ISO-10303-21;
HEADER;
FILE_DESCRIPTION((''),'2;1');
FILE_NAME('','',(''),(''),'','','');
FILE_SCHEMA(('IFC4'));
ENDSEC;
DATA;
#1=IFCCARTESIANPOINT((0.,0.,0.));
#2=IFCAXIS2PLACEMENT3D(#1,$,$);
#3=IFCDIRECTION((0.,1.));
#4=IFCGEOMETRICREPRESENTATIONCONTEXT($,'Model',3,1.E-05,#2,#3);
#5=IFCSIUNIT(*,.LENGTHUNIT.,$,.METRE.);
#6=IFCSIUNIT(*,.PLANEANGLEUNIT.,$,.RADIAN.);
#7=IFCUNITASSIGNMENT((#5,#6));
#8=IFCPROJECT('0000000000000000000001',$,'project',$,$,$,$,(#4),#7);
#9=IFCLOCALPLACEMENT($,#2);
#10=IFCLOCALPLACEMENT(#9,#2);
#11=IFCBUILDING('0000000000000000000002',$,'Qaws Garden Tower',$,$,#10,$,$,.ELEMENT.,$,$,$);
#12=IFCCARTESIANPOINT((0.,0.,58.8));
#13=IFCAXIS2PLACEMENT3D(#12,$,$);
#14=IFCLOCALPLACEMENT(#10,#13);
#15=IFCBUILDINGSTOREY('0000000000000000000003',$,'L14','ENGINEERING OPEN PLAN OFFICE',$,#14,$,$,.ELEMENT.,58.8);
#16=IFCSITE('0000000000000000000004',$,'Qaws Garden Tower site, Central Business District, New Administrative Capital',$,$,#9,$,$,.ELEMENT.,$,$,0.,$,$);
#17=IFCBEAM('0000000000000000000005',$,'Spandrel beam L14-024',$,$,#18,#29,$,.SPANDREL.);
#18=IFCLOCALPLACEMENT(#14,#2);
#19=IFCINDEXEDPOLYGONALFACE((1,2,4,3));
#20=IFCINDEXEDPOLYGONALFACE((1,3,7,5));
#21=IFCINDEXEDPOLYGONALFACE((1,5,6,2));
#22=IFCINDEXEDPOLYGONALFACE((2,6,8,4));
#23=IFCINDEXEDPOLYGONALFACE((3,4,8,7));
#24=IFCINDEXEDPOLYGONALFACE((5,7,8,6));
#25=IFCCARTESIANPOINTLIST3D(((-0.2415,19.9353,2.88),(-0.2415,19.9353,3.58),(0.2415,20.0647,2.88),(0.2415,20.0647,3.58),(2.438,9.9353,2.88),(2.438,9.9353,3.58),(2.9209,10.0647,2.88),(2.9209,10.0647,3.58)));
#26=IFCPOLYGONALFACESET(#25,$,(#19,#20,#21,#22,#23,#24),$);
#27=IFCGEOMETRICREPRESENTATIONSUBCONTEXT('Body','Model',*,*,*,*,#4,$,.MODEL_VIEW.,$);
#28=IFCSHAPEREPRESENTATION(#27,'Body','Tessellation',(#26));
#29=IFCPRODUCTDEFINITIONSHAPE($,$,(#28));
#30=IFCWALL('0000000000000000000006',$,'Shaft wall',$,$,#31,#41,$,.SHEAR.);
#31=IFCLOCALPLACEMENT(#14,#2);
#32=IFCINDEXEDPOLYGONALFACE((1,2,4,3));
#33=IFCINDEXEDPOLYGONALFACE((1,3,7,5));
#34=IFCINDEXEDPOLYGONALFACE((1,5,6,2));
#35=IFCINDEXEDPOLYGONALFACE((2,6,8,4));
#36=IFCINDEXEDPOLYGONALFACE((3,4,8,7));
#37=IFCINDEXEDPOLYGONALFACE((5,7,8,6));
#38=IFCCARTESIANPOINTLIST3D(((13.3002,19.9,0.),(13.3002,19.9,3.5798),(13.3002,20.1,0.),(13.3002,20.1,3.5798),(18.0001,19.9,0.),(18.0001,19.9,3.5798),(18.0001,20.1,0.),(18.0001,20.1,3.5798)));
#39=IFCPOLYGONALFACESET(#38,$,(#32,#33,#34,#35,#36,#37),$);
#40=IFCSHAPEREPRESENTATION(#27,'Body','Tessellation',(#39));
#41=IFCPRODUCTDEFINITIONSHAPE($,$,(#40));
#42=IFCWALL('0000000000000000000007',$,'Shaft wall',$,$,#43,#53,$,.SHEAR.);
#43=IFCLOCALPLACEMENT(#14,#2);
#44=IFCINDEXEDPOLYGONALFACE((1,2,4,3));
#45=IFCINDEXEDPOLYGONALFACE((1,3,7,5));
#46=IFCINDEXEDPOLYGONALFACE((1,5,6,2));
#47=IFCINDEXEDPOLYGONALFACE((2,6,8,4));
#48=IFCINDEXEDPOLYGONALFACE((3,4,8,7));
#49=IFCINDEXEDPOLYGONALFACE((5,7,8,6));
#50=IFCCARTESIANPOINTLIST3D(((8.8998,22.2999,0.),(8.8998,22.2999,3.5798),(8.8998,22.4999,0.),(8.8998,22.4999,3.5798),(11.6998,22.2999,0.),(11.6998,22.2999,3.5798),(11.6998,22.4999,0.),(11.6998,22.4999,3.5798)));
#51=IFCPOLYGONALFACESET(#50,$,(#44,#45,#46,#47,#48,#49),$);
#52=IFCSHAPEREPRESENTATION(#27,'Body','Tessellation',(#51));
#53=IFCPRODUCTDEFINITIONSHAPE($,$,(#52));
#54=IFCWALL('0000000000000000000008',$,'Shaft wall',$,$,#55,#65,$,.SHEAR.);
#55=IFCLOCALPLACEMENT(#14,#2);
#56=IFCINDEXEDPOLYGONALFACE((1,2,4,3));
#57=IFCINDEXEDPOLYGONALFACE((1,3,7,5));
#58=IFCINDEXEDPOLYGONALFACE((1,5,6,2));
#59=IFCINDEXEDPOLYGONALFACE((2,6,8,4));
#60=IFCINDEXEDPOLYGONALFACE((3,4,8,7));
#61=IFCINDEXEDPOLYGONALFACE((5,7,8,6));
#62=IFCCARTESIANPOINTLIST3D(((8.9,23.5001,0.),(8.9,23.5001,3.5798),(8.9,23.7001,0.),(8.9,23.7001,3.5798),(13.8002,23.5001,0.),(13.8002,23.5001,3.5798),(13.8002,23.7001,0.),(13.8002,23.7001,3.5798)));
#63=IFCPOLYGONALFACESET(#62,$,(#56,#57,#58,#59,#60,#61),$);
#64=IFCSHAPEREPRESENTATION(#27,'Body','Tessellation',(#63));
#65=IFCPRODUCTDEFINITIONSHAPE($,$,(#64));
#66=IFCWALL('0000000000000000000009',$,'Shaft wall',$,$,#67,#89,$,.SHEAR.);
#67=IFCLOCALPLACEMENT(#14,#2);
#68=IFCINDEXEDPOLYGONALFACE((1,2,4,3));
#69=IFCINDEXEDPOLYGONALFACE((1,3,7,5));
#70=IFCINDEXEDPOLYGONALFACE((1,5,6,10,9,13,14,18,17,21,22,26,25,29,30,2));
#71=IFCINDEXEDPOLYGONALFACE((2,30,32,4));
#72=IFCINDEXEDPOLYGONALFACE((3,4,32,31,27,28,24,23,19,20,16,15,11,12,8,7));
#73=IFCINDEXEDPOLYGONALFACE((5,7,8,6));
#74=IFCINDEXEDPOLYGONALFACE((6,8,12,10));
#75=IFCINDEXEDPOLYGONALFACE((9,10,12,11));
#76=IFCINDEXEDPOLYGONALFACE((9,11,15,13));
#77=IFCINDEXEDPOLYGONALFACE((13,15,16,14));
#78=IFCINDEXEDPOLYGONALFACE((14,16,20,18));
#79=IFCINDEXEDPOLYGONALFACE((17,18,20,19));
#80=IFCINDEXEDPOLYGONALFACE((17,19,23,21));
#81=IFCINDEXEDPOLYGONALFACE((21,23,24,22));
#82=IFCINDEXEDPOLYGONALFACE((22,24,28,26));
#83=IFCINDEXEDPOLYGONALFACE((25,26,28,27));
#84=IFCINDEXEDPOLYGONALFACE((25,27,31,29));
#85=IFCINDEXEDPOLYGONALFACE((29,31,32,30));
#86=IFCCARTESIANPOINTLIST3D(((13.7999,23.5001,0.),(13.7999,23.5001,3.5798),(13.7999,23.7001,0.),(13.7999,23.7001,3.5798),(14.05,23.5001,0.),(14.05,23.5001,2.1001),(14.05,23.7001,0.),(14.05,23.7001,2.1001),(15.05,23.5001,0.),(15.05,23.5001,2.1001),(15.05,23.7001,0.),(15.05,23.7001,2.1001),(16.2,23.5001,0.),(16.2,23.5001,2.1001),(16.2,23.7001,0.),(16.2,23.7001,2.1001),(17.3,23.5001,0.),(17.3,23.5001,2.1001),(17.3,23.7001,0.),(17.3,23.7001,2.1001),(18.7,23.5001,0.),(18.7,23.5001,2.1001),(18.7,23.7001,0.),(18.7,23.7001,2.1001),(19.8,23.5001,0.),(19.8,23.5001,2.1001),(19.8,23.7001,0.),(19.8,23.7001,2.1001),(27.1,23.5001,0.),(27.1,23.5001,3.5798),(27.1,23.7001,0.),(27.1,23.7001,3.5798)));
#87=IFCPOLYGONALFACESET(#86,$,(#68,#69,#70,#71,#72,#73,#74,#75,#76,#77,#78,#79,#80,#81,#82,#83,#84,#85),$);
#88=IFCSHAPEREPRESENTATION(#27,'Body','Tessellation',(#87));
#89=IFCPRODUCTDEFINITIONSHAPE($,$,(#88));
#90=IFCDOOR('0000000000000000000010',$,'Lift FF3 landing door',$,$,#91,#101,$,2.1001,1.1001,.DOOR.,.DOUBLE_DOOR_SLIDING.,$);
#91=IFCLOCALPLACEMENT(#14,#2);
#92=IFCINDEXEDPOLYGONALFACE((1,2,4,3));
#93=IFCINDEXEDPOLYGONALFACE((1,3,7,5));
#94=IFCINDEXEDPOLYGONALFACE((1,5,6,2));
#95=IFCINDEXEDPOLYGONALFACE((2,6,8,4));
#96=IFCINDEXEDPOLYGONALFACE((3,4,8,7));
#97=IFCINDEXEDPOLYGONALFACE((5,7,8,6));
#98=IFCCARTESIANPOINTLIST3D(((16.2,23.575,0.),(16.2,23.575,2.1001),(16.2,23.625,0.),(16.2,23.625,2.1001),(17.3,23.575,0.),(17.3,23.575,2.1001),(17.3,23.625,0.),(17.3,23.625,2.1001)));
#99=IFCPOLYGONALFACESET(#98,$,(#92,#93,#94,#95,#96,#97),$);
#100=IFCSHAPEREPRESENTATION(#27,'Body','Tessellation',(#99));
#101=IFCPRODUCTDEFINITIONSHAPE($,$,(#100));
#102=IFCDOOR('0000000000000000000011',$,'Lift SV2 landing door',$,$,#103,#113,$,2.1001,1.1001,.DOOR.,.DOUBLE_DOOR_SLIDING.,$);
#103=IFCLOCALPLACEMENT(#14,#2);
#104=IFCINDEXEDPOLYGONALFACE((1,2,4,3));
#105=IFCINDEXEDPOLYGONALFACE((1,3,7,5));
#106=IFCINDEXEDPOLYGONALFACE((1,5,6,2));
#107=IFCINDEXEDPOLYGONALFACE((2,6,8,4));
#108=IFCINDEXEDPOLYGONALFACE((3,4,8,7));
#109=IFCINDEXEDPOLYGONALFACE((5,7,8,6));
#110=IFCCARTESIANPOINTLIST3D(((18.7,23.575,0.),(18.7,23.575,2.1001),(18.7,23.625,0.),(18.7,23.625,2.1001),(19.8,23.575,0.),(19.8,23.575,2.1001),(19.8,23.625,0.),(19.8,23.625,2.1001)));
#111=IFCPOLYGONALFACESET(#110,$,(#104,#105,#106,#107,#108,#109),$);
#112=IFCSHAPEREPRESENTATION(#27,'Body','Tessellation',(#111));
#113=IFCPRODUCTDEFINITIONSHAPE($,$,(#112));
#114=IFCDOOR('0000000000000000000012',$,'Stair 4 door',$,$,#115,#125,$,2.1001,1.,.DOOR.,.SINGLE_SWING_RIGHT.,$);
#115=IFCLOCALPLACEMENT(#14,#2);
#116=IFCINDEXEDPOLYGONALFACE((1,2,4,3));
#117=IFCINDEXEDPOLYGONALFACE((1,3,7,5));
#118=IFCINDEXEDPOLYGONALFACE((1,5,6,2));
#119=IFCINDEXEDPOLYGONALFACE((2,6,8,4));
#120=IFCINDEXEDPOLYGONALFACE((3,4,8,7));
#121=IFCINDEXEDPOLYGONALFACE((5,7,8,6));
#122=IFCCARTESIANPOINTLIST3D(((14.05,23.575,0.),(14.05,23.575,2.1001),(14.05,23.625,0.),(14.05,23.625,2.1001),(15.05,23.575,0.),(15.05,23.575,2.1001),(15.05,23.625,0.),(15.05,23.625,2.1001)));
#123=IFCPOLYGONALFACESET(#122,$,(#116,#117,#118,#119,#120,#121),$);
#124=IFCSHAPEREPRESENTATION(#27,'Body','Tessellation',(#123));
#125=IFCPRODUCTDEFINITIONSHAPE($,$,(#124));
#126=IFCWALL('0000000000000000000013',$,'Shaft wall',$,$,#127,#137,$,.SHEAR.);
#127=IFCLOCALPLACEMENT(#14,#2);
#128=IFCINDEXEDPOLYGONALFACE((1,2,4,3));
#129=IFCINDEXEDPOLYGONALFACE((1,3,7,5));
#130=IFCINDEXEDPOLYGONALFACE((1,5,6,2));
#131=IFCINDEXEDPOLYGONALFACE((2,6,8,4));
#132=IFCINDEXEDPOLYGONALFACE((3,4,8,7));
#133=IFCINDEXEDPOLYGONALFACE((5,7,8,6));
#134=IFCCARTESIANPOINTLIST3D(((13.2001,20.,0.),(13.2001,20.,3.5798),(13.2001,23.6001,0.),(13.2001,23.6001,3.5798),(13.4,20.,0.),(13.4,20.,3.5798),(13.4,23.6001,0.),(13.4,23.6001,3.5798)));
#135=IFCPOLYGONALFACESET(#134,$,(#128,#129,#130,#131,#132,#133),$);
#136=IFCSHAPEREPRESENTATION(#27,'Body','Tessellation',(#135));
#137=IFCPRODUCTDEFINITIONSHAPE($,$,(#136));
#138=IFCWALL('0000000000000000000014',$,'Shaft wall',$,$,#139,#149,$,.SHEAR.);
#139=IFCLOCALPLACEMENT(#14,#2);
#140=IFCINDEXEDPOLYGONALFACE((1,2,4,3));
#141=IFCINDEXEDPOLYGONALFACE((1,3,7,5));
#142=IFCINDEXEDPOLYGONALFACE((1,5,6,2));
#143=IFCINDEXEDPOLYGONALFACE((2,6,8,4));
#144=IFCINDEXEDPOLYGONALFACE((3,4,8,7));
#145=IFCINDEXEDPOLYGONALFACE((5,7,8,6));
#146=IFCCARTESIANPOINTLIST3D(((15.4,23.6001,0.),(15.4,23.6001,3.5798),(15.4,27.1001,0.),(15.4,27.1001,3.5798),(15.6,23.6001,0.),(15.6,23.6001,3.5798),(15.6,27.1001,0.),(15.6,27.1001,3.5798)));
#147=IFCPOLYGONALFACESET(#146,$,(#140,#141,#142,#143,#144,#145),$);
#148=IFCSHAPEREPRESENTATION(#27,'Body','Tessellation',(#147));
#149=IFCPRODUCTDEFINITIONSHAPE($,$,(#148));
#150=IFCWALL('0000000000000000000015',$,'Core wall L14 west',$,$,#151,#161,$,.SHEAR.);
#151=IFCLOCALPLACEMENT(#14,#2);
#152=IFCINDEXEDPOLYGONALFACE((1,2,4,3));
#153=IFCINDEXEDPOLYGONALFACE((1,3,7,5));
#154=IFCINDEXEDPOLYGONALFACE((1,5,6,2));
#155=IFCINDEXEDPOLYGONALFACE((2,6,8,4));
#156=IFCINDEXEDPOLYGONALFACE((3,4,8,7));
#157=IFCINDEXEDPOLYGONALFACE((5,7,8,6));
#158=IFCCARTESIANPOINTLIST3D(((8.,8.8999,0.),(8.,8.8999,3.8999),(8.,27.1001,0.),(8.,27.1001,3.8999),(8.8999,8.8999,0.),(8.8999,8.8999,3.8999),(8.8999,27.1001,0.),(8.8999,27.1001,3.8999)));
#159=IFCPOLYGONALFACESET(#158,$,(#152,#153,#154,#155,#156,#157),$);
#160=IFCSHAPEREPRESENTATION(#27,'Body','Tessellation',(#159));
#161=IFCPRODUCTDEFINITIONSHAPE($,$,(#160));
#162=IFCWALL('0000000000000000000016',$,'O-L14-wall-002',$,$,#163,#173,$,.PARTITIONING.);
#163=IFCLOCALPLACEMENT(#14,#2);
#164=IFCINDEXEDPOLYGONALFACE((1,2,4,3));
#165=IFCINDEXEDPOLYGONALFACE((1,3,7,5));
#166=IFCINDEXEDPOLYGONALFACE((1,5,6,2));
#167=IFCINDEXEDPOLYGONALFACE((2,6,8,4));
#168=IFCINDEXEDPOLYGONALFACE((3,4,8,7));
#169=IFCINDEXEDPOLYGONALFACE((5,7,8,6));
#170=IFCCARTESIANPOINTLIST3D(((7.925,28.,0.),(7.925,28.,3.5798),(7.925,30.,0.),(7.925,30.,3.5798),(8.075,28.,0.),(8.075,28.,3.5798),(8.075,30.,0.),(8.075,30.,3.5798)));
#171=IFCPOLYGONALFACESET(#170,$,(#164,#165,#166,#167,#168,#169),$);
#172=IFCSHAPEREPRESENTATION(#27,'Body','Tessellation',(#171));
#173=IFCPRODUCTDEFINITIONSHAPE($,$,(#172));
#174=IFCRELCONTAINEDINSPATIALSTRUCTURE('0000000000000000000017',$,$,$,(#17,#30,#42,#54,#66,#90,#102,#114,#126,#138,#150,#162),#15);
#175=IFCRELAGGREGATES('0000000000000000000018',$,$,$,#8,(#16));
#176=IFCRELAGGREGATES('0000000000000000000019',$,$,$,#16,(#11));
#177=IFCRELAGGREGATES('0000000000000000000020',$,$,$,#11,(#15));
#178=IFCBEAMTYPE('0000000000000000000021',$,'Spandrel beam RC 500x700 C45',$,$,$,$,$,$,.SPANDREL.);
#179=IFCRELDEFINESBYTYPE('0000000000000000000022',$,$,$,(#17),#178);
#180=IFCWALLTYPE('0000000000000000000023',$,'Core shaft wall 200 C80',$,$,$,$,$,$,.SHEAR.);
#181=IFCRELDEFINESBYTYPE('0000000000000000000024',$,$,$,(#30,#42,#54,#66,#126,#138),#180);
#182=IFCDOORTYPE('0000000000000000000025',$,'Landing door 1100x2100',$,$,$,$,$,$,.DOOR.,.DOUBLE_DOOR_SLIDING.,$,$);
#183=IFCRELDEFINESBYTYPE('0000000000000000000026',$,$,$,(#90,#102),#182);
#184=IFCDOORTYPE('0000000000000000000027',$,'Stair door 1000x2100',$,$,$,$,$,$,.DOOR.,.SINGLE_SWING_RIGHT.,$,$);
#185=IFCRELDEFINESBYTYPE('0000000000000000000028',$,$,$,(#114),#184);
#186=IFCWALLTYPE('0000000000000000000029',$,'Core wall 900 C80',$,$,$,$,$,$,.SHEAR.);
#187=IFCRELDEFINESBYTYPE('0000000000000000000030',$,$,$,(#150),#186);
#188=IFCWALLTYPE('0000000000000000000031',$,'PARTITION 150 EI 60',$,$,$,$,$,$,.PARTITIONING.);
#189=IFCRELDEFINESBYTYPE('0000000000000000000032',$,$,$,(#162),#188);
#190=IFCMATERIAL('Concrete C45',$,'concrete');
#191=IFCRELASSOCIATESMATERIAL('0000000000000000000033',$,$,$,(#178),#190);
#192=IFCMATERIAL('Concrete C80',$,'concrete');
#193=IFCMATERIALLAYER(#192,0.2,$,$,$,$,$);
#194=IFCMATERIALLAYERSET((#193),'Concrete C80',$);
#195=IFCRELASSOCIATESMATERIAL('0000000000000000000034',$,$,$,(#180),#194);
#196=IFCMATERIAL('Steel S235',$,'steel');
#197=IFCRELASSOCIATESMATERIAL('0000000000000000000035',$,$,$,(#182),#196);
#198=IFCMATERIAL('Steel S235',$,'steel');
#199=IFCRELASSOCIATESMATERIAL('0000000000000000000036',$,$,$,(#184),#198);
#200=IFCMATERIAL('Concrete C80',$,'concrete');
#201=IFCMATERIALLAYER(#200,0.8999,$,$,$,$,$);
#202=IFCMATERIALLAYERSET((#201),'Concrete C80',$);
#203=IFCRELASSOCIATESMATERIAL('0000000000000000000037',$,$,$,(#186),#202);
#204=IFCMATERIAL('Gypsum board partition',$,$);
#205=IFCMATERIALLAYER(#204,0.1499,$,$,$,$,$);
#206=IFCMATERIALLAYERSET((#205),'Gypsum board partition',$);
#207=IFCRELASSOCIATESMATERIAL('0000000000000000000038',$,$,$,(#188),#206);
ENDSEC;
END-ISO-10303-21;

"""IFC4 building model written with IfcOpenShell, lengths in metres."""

from ifc_helpers import new_model, si_unit, direction, frame, frame_2d, origin, origin_2d, place, context, subcontext, project, spatial, rectangle, extrude, material, layer, layer_set, material_profile, profile_set, type_object, element, fill, save


model = new_model("IFC4")

# Units and contexts
model_context = context("Model", 3, precision=1e-05, world=origin(), true_north=direction((0.0, 1.0)))
body_context = subcontext(model_context, "Body", "Model", "MODEL_VIEW")
ifc_project = project(units=[si_unit("LENGTHUNIT", "METRE"), si_unit("PLANEANGLEUNIT", "RADIAN")], contexts=[model_context])

# Site, building, storey
site_placement = place(None, origin())
site = spatial("IfcSite", under=ifc_project, at=site_placement, Name="Qaws Garden Tower site, Central Business District, New Administrative Capital", CompositionType="ELEMENT", RefElevation=0.0)
building_placement = place(site_placement, origin())
building = spatial("IfcBuilding", under=site, at=building_placement, Name="Qaws Garden Tower", CompositionType="ELEMENT")
storey_placement = place(building_placement, frame((0.0, 0.0, 58.8)))
storey = spatial("IfcBuildingStorey", under=building, at=storey_placement, Name="L14", Description="ENGINEERING OPEN PLAN OFFICE", CompositionType="ELEMENT", Elevation=58.8)

# Beam
ifc_material_1 = material(Name="Concrete C45", Category="concrete")
ifc_material_profile = material_profile(ifc_material_1, rectangle(XDim=0.5, YDim=0.7, at=origin_2d()), Name="RC 500x700")
ifc_profile_set = profile_set([ifc_material_profile], Name="Concrete C45")
beam_type = type_object("IfcBeamType", Name="Spandrel beam RC 500x700 C45", PredefinedType="SPANDREL", material=ifc_profile_set)
beam_placement = place(storey_placement, frame((0.0, 20.0, 3.23), z_axis=(0.258815, -0.965927, 0.0), x_axis=(0.965927, 0.258815, 0.0)))
element("IfcBeam", 1, at=beam_placement, inside=storey, type_object=beam_type, Name="Spandrel beam L14-024", PredefinedType="SPANDREL", context=body_context, shape_type="SweptSolid", body=[
    extrude(rectangle(XDim=0.5, YDim=0.7, at=origin_2d()), origin(), (0.0, 0.0, 1.0), 10.3528),
])

# Walls
ifc_material_2 = material(Name="Concrete C80", Category="concrete")
ifc_layer_1 = layer(ifc_material_2, 0.2)
ifc_layer_set_1 = layer_set([ifc_layer_1], Name="Concrete C80")
wall_type_1 = type_object("IfcWallType", Name="Core shaft wall 200 C80", PredefinedType="SHEAR", material=ifc_layer_set_1)
wall_1_placement = place(storey_placement, frame((13.3, 20.0, 0.0), z_axis=(0.0, 0.0, 1.0), x_axis=(1.0, 0.0, 0.0)))
element("IfcWall", 2, at=wall_1_placement, inside=storey, type_object=wall_type_1, Name="Shaft wall", PredefinedType="SHEAR", context=body_context, shape_type="SweptSolid", body=[
    extrude(rectangle(XDim=4.7, YDim=0.2, at=frame_2d((2.3501, 0.0))), origin(), (0.0, 0.0, 1.0), 3.5798),
])
wall_2_placement = place(storey_placement, frame((8.8999, 22.3999, 0.0), z_axis=(0.0, 0.0, 1.0), x_axis=(1.0, 0.0, 0.0)))
element("IfcWall", 3, at=wall_2_placement, inside=storey, type_object=wall_type_1, Name="Shaft wall", PredefinedType="SHEAR", context=body_context, shape_type="SweptSolid", body=[
    extrude(rectangle(XDim=2.8, YDim=0.2, at=frame_2d((1.3999, 0.0))), origin(), (0.0, 0.0, 1.0), 3.5798),
])
wall_3_placement = place(storey_placement, frame((8.8999, 23.6001, 0.0), z_axis=(0.0, 0.0, 1.0), x_axis=(1.0, 0.0, 0.0)))
element("IfcWall", 4, at=wall_3_placement, inside=storey, type_object=wall_type_1, Name="Shaft wall", PredefinedType="SHEAR", context=body_context, shape_type="SweptSolid", body=[
    extrude(rectangle(XDim=4.9001, YDim=0.2, at=frame_2d((2.4502, 0.0))), origin(), (0.0, 0.0, 1.0), 3.5798),
])

# Wall, openings, doors
wall_4_placement = place(storey_placement, frame((13.8, 23.6001, 0.0), z_axis=(0.0, 0.0, 1.0), x_axis=(1.0, 0.0, 0.0)))
wall_4 = element("IfcWall", 5, at=wall_4_placement, inside=storey, type_object=wall_type_1, Name="Shaft wall", PredefinedType="SHEAR", context=body_context, shape_type="SweptSolid", body=[
    extrude(rectangle(XDim=13.3, YDim=0.2, at=frame_2d((6.6499, 0.0))), origin(), (0.0, 0.0, 1.0), 3.5798),
])
opening_1_placement = place(wall_4_placement, frame((2.3999, 0.0, 0.0)))
opening_1 = element("IfcOpeningElement", 6, at=opening_1_placement, cuts=wall_4, PredefinedType="OPENING", context=body_context, shape_type="SweptSolid", body=[
    extrude(rectangle(XDim=1.1001, YDim=2.1001, at=frame_2d((0.55, 1.05))), frame((0.0, 0.1099, 0.0), z_axis=(0.0, -1.0, 0.0), x_axis=(1.0, 0.0, 0.0)), (0.0, 0.0, 1.0), 0.22),
])
opening_2_placement = place(wall_4_placement, frame((4.8999, 0.0, 0.0)))
opening_2 = element("IfcOpeningElement", 7, at=opening_2_placement, cuts=wall_4, PredefinedType="OPENING", context=body_context, shape_type="SweptSolid", body=[
    extrude(rectangle(XDim=1.1001, YDim=2.1001, at=frame_2d((0.55, 1.05))), frame((0.0, 0.1099, 0.0), z_axis=(0.0, -1.0, 0.0), x_axis=(1.0, 0.0, 0.0)), (0.0, 0.0, 1.0), 0.22),
])
opening_3_placement = place(wall_4_placement, frame((0.25, 0.0, 0.0)))
opening_3 = element("IfcOpeningElement", 8, at=opening_3_placement, cuts=wall_4, PredefinedType="OPENING", context=body_context, shape_type="SweptSolid", body=[
    extrude(rectangle(XDim=1.0, YDim=2.1001, at=frame_2d((0.5, 1.05))), frame((0.0, 0.1099, 0.0), z_axis=(0.0, -1.0, 0.0), x_axis=(1.0, 0.0, 0.0)), (0.0, 0.0, 1.0), 0.22),
])
ifc_material_3 = material(Name="Steel S235", Category="steel")
door_type_1 = type_object("IfcDoorType", Name="Landing door 1100x2100", OperationType="DOUBLE_DOOR_SLIDING", PredefinedType="DOOR", material=ifc_material_3)
door_1_placement = place(opening_1_placement, origin())
door_1 = element("IfcDoor", 9, at=door_1_placement, inside=storey, type_object=door_type_1, Name="Lift FF3 landing door", OperationType="DOUBLE_DOOR_SLIDING", OverallHeight=2.1001, OverallWidth=1.1001, PredefinedType="DOOR", context=body_context, shape_type="SweptSolid", body=[
    extrude(rectangle(XDim=1.1001, YDim=2.1001, at=frame_2d((0.55, 1.05))), frame((0.0, 0.0249, 0.0), z_axis=(0.0, -1.0, 0.0), x_axis=(1.0, 0.0, 0.0)), (0.0, 0.0, 1.0), 0.05),
])
fill(opening_1, door_1)
door_2_placement = place(opening_2_placement, origin())
door_2 = element("IfcDoor", 10, at=door_2_placement, inside=storey, type_object=door_type_1, Name="Lift SV2 landing door", OperationType="DOUBLE_DOOR_SLIDING", OverallHeight=2.1001, OverallWidth=1.1001, PredefinedType="DOOR", context=body_context, shape_type="SweptSolid", body=[
    extrude(rectangle(XDim=1.1001, YDim=2.1001, at=frame_2d((0.55, 1.05))), frame((0.0, 0.0249, 0.0), z_axis=(0.0, -1.0, 0.0), x_axis=(1.0, 0.0, 0.0)), (0.0, 0.0, 1.0), 0.05),
])
fill(opening_2, door_2)
ifc_material_4 = material(Name="Steel S235", Category="steel")
door_type_2 = type_object("IfcDoorType", Name="Stair door 1000x2100", OperationType="SINGLE_SWING_RIGHT", PredefinedType="DOOR", material=ifc_material_4)
door_3_placement = place(opening_3_placement, origin())
door_3 = element("IfcDoor", 11, at=door_3_placement, inside=storey, type_object=door_type_2, Name="Stair 4 door", OperationType="SINGLE_SWING_RIGHT", OverallHeight=2.1001, OverallWidth=1.0, PredefinedType="DOOR", context=body_context, shape_type="SweptSolid", body=[
    extrude(rectangle(XDim=1.0, YDim=2.1001, at=frame_2d((0.5, 1.05))), frame((0.0, 0.0249, 0.0), z_axis=(0.0, -1.0, 0.0), x_axis=(1.0, 0.0, 0.0)), (0.0, 0.0, 1.0), 0.05),
])
fill(opening_3, door_3)

# Walls
wall_5_placement = place(storey_placement, frame((13.3, 20.0, 0.0), z_axis=(0.0, 0.0, 1.0), x_axis=(0.0, 1.0, 0.0)))
element("IfcWall", 12, at=wall_5_placement, inside=storey, type_object=wall_type_1, Name="Shaft wall", PredefinedType="SHEAR", context=body_context, shape_type="SweptSolid", body=[
    extrude(rectangle(XDim=3.6001, YDim=0.2, at=frame_2d((1.8, 0.0))), origin(), (0.0, 0.0, 1.0), 3.5798),
])
wall_6_placement = place(storey_placement, frame((15.5, 23.6001, 0.0), z_axis=(0.0, 0.0, 1.0), x_axis=(0.0, 1.0, 0.0)))
element("IfcWall", 13, at=wall_6_placement, inside=storey, type_object=wall_type_1, Name="Shaft wall", PredefinedType="SHEAR", context=body_context, shape_type="SweptSolid", body=[
    extrude(rectangle(XDim=3.5, YDim=0.2, at=frame_2d((1.75, 0.0))), origin(), (0.0, 0.0, 1.0), 3.5798),
])
ifc_material_5 = material(Name="Concrete C80", Category="concrete")
ifc_layer_2 = layer(ifc_material_5, 0.8999)
ifc_layer_set_2 = layer_set([ifc_layer_2], Name="Concrete C80")
wall_type_2 = type_object("IfcWallType", Name="Core wall 900 C80", PredefinedType="SHEAR", material=ifc_layer_set_2)
wall_7_placement = place(storey_placement, frame((8.45, 27.1001, 0.0), z_axis=(0.0, 0.0, 1.0), x_axis=(0.0, -1.0, 0.0)))
element("IfcWall", 14, at=wall_7_placement, inside=storey, type_object=wall_type_2, Name="Core wall L14 west", PredefinedType="SHEAR", context=body_context, shape_type="SweptSolid", body=[
    extrude(rectangle(XDim=18.2002, YDim=0.8999, at=frame_2d((9.1001, 0.0))), origin(), (0.0, 0.0, 1.0), 3.8999),
])
ifc_material_6 = material(Name="Gypsum board partition")
ifc_layer_3 = layer(ifc_material_6, 0.1499)
ifc_layer_set_3 = layer_set([ifc_layer_3], Name="Gypsum board partition")
wall_type_3 = type_object("IfcWallType", Name="PARTITION 150 EI 60", PredefinedType="PARTITIONING", material=ifc_layer_set_3)
wall_8_placement = place(storey_placement, frame((8.0, 28.0, 0.0), z_axis=(0.0, 0.0, 1.0), x_axis=(0.0, 1.0, 0.0)))
element("IfcWall", 15, at=wall_8_placement, inside=storey, type_object=wall_type_3, Name="O-L14-wall-002", PredefinedType="PARTITIONING", context=body_context, shape_type="SweptSolid", body=[
    extrude(rectangle(XDim=2.0, YDim=0.1499, at=frame_2d((1.0, 0.0))), origin(), (0.0, 0.0, 1.0), 3.5798),
])

save(model, "model.ifc")
